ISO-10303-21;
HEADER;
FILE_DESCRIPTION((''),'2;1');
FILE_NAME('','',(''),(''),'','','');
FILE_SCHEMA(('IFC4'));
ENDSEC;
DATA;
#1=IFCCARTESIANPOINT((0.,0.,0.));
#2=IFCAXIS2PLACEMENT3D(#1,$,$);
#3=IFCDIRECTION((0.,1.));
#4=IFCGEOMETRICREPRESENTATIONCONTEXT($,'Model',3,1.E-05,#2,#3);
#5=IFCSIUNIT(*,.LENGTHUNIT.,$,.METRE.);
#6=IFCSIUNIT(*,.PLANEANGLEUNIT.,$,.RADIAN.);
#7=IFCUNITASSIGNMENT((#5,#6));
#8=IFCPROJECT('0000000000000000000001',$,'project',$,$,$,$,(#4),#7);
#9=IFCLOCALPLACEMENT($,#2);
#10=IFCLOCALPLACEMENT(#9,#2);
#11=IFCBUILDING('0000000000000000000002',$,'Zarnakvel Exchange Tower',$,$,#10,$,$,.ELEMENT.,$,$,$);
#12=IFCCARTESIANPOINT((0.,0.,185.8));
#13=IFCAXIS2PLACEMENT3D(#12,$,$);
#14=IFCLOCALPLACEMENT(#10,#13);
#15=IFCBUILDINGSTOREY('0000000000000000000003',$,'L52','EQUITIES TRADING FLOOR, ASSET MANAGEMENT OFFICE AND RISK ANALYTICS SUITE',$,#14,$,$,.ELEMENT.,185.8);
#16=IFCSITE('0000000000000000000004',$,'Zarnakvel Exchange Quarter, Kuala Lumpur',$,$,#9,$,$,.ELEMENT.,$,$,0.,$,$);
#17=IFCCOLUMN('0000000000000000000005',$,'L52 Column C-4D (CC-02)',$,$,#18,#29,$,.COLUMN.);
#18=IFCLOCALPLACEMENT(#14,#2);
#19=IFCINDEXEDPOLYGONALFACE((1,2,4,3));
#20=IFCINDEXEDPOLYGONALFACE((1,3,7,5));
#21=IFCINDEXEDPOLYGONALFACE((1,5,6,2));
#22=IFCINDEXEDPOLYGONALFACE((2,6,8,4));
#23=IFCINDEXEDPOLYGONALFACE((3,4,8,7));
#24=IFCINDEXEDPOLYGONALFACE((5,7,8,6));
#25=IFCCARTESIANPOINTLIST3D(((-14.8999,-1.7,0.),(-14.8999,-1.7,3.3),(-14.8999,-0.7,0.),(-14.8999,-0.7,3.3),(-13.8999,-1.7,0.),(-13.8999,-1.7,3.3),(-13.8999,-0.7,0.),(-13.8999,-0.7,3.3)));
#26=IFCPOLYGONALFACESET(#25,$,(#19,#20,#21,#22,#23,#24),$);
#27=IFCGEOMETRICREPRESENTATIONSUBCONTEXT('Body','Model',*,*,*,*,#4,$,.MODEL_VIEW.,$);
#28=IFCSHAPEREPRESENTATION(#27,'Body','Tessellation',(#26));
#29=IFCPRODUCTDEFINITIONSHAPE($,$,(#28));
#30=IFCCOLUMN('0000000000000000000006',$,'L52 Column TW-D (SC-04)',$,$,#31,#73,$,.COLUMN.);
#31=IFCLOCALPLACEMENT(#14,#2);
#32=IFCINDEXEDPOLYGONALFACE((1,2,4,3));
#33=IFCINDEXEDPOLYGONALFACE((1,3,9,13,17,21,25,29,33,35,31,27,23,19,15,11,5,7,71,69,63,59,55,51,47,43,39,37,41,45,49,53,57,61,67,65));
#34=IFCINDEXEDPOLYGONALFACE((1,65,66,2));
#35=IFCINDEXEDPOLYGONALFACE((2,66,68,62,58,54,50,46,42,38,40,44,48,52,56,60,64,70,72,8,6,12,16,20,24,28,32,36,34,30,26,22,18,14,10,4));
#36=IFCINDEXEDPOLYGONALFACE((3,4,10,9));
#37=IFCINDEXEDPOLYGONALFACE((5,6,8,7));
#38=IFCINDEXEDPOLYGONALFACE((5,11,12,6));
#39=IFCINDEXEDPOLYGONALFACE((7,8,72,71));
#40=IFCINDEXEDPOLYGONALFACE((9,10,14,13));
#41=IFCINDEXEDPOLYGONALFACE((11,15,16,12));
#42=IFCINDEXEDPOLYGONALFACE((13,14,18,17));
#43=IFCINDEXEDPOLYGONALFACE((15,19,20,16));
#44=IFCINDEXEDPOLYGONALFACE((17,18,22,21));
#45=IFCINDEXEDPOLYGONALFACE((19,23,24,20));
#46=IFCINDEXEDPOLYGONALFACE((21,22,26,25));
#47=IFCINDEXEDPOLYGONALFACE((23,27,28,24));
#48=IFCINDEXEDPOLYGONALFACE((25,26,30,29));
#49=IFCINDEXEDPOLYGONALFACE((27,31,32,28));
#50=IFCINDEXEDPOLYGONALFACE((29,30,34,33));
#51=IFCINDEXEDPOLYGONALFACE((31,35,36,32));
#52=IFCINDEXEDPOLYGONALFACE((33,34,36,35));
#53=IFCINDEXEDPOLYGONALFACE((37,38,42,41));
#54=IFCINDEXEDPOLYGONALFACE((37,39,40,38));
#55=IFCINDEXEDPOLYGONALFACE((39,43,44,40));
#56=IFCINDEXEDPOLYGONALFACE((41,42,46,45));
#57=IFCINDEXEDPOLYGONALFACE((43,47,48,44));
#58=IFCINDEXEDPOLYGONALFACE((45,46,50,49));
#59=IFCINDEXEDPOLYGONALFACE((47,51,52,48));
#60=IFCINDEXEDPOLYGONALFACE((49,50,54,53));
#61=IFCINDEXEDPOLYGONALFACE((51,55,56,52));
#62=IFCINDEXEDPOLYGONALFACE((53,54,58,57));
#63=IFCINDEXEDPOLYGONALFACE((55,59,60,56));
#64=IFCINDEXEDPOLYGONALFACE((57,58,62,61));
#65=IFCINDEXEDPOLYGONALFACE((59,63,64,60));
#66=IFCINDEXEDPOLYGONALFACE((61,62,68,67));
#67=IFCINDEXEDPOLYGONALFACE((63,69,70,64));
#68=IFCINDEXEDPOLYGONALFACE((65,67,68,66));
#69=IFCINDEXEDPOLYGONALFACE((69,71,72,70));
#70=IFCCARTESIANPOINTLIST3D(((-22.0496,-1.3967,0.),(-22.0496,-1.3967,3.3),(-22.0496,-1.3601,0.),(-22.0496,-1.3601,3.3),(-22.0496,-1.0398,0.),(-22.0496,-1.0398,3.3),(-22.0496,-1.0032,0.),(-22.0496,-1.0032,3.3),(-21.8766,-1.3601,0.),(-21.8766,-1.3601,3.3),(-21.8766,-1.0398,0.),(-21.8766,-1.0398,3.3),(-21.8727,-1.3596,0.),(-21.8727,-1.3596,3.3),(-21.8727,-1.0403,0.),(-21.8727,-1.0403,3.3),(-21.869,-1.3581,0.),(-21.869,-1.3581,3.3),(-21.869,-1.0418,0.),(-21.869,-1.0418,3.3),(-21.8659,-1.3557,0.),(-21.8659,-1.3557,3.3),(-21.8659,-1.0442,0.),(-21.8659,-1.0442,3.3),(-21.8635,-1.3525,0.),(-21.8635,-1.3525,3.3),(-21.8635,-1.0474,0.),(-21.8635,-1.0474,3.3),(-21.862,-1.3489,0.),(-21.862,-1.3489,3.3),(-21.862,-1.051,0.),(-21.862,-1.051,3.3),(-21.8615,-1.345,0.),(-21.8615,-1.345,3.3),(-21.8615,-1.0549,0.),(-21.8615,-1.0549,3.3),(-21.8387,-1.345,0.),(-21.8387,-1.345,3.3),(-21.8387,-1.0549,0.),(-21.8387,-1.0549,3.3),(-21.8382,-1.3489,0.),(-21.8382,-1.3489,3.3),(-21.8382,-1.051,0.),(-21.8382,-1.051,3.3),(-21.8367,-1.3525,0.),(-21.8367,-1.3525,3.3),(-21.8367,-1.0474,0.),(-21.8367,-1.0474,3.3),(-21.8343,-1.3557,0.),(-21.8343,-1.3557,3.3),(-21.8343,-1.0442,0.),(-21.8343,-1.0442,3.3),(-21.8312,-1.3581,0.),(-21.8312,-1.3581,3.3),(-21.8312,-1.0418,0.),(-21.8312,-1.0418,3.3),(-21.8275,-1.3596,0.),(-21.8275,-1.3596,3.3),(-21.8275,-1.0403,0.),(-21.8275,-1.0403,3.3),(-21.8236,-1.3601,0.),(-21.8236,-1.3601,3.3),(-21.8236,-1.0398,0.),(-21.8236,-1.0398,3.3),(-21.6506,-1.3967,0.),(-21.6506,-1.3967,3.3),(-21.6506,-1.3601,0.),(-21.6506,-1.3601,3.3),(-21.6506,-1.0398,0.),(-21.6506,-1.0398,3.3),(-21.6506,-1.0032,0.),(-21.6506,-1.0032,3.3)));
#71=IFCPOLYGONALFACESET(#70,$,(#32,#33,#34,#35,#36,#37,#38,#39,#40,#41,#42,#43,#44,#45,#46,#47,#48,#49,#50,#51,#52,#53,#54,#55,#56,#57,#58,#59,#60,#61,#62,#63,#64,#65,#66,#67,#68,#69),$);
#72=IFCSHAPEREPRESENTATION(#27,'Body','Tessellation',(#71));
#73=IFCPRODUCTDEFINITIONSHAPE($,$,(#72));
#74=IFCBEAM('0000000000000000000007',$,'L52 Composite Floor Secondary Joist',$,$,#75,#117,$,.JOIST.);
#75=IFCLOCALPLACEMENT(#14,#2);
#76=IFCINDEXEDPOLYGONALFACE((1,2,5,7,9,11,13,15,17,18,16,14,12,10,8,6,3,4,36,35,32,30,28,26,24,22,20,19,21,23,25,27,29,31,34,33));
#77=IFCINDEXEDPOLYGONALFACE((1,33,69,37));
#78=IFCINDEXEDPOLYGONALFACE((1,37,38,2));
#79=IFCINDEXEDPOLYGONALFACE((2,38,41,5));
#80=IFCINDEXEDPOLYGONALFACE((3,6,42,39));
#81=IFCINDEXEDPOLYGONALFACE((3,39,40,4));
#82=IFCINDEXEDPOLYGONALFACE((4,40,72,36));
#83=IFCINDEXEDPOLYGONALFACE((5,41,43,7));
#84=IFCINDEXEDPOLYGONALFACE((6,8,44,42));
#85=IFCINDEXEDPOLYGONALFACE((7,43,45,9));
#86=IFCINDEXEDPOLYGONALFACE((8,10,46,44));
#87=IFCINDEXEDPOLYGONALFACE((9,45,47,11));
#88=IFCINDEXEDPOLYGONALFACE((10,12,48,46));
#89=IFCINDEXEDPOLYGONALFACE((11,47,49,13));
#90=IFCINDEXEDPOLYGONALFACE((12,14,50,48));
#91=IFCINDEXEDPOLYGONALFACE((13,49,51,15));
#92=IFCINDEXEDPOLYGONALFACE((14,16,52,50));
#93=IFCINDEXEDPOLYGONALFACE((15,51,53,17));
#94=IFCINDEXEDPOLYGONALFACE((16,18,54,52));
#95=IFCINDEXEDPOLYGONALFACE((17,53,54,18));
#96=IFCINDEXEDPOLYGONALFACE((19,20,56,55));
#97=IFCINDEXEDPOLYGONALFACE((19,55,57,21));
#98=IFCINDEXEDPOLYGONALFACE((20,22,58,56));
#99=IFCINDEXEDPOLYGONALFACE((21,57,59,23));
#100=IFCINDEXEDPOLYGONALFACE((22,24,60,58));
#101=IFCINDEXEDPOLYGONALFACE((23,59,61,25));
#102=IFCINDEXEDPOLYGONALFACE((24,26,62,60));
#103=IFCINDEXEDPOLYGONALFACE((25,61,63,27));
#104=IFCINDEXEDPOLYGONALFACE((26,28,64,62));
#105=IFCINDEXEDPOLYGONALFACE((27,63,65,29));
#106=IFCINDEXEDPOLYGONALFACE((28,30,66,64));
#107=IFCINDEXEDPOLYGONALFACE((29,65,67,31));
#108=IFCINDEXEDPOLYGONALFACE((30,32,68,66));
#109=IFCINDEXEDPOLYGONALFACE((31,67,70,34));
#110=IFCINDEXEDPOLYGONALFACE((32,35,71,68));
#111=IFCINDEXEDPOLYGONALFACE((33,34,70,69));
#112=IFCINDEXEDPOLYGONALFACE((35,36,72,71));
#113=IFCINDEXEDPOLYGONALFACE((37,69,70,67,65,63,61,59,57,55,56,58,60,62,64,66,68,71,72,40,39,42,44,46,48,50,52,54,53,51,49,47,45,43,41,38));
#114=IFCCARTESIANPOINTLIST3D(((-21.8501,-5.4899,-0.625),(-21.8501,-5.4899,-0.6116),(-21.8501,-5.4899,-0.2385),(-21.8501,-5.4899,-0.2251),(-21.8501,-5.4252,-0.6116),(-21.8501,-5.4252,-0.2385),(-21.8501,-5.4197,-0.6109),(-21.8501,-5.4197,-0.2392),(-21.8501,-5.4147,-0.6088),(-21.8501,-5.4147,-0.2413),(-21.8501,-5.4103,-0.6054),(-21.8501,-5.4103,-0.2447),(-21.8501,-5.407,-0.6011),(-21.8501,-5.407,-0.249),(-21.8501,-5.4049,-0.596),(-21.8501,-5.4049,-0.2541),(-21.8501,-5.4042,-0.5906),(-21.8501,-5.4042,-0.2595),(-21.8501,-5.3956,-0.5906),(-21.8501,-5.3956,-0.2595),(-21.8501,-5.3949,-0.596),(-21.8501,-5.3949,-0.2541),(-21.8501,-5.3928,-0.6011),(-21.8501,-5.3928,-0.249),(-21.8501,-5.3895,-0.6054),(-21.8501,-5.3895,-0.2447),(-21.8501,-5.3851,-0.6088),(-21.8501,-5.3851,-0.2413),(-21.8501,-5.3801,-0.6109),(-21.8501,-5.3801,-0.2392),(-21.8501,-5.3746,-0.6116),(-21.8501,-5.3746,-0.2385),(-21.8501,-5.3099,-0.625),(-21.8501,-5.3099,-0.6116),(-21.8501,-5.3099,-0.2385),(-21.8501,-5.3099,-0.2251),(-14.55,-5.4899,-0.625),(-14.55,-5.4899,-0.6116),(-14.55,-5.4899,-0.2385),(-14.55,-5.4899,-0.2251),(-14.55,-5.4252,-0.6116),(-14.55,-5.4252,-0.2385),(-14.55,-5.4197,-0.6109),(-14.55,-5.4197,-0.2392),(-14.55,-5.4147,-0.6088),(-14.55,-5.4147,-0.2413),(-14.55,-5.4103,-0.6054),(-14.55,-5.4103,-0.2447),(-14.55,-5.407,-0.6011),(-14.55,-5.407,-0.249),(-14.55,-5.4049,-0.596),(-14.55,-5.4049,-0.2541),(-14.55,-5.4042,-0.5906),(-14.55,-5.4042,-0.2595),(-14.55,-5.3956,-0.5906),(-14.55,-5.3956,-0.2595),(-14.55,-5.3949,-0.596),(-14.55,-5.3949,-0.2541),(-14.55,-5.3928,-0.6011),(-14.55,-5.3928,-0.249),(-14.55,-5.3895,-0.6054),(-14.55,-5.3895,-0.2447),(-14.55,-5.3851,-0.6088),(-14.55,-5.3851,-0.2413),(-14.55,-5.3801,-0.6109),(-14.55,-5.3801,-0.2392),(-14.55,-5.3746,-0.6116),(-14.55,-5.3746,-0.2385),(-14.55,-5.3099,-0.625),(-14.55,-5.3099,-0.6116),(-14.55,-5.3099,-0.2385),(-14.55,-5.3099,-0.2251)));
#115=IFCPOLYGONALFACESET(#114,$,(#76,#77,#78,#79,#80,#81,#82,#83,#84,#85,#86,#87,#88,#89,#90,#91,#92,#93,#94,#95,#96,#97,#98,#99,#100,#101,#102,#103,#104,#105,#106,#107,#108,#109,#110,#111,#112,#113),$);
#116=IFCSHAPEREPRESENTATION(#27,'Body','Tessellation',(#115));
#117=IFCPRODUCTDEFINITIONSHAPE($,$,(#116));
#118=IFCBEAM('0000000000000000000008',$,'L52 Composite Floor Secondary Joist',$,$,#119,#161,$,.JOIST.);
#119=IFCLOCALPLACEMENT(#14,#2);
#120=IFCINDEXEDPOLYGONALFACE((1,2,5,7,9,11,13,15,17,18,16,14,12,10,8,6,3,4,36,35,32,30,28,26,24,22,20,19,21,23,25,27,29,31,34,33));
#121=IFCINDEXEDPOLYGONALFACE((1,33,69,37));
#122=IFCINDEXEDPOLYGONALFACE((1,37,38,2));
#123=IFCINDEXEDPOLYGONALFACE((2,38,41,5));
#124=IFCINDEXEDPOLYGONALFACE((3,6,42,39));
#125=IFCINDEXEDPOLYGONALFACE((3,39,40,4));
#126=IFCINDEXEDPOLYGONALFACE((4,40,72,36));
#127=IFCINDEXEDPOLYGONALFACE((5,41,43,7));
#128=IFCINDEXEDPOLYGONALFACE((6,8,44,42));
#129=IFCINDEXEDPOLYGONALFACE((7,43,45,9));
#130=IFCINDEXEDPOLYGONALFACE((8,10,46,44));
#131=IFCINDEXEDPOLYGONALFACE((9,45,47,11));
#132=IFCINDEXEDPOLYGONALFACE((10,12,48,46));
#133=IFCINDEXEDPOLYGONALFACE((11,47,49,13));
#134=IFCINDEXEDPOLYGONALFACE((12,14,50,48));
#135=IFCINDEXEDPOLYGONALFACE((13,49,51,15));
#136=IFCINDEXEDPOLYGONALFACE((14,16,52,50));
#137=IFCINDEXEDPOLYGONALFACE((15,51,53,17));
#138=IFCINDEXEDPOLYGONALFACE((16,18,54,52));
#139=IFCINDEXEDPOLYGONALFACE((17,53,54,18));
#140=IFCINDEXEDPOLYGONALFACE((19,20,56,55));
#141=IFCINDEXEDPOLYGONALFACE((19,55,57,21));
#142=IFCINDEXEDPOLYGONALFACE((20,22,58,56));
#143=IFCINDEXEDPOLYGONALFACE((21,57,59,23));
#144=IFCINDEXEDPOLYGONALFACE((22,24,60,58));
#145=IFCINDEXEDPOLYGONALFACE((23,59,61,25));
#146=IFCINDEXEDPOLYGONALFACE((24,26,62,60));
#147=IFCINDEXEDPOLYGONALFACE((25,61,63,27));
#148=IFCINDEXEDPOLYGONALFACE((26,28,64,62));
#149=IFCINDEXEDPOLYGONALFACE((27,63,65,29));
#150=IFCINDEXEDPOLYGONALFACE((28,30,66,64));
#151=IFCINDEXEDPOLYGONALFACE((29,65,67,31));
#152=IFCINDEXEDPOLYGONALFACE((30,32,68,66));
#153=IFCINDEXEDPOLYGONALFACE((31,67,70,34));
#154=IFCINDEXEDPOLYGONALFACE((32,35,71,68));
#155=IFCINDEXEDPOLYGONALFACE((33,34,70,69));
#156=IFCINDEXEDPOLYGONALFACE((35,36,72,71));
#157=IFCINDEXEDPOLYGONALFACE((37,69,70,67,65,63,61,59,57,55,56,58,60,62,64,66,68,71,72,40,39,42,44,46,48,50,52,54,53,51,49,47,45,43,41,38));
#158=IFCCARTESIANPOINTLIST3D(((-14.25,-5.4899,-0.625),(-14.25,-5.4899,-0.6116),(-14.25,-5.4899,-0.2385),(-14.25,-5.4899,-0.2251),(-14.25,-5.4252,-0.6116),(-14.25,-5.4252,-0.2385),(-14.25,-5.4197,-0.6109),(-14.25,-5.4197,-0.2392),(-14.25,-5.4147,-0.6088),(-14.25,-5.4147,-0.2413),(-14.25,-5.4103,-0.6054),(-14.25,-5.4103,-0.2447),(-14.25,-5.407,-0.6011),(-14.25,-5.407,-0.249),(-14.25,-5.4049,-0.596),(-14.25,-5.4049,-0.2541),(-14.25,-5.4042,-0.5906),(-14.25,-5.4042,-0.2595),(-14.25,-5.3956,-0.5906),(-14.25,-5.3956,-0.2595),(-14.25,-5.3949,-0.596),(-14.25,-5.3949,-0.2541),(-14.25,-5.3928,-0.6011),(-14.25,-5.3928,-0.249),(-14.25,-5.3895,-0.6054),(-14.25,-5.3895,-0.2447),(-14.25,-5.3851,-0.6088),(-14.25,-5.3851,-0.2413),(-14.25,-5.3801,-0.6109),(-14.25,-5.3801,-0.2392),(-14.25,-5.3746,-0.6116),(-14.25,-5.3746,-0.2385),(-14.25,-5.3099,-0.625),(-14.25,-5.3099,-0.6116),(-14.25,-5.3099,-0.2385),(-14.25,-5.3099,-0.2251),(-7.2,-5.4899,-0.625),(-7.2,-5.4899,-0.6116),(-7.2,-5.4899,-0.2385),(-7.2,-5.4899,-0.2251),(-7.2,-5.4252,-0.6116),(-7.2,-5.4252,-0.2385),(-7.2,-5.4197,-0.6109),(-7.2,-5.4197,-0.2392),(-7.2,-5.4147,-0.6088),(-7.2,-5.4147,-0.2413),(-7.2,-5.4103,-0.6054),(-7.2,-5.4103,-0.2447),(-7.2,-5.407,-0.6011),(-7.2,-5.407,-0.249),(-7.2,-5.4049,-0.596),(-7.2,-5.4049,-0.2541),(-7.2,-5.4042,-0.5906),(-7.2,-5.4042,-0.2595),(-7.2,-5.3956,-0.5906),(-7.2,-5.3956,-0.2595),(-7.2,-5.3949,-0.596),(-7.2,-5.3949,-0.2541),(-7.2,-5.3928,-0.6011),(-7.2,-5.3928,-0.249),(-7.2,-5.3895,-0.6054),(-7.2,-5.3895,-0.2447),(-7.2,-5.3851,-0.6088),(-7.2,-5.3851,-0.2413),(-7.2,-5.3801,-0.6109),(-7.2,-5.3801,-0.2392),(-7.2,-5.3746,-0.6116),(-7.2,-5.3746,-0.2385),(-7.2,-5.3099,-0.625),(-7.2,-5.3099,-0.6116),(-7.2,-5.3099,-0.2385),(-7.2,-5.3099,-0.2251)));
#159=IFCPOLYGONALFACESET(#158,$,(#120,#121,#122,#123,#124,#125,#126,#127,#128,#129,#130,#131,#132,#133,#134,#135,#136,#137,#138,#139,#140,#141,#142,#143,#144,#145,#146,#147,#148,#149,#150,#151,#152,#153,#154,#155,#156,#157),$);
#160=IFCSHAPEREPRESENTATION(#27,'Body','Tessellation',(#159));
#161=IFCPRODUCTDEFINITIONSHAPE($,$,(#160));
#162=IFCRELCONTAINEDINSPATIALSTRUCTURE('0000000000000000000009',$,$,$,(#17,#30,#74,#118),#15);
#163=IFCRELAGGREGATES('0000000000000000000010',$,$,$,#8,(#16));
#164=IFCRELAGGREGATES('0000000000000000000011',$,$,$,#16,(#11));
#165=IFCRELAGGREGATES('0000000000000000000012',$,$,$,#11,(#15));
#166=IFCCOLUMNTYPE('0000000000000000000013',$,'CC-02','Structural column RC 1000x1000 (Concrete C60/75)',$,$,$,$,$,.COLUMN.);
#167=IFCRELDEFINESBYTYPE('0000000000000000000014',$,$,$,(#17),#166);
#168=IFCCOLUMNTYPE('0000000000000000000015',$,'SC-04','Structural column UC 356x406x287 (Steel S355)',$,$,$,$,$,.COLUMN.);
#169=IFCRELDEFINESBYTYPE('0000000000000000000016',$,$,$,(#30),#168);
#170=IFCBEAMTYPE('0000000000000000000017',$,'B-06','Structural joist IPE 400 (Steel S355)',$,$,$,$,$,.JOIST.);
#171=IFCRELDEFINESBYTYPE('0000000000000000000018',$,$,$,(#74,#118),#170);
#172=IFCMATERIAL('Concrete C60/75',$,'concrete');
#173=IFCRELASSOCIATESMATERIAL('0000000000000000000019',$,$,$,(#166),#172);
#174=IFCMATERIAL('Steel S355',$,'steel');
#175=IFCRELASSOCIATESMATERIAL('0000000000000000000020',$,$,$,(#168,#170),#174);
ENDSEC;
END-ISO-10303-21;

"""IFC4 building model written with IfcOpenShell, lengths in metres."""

from ifc_helpers import new_model, si_unit, direction, frame, origin, origin_2d, place, context, subcontext, project, spatial, rectangle, i_section, extrude, material, material_profile, profile_set, type_object, element, save


model = new_model("IFC4")

# Units and contexts
model_context = context("Model", 3, precision=1e-05, world=origin(), true_north=direction((0.0, 1.0)))
body_context = subcontext(model_context, "Body", "Model", "MODEL_VIEW")
ifc_project = project(units=[si_unit("LENGTHUNIT", "METRE"), si_unit("PLANEANGLEUNIT", "RADIAN")], contexts=[model_context])

# Site, building, storey
site_placement = place(None, origin())
site = spatial("IfcSite", under=ifc_project, at=site_placement, Name="Zarnakvel Exchange Quarter, Kuala Lumpur", CompositionType="ELEMENT", RefElevation=0.0)
building_placement = place(site_placement, origin())
building = spatial("IfcBuilding", under=site, at=building_placement, Name="Zarnakvel Exchange Tower", CompositionType="ELEMENT")
storey_placement = place(building_placement, frame((0.0, 0.0, 185.8)))
storey = spatial("IfcBuildingStorey", under=building, at=storey_placement, Name="L52", Description="EQUITIES TRADING FLOOR, ASSET MANAGEMENT OFFICE AND RISK ANALYTICS SUITE", CompositionType="ELEMENT", Elevation=185.8)

# Columns
ifc_material_1 = material(Name="Concrete C60/75", Category="concrete")
ifc_material_profile_1 = material_profile(ifc_material_1, rectangle(XDim=1.0, YDim=1.0, at=origin_2d()))
ifc_profile_set_1 = profile_set([ifc_material_profile_1], Name="Concrete C60/75")
column_type_1 = type_object("IfcColumnType", Name="CC-02", Description="Structural column RC 1000x1000 (Concrete C60/75)", PredefinedType="COLUMN", material=ifc_profile_set_1)
column_1_placement = place(storey_placement, frame((-14.3999, -1.2, 0.0), z_axis=(0.0, 0.0, 1.0), x_axis=(1.0, 0.0, 0.0)))
element("IfcColumn", 1, at=column_1_placement, inside=storey, type_object=column_type_1, Name="L52 Column C-4D (CC-02)", PredefinedType="COLUMN", context=body_context, shape_type="SweptSolid", body=[
    extrude(rectangle(XDim=1.0, YDim=1.0, at=origin_2d()), origin(), (0.0, 0.0, 1.0), 3.3),
])
ifc_material_2 = material(Name="Steel S355", Category="steel")
ifc_material_profile_2 = material_profile(ifc_material_2, i_section(OverallWidth=0.3989, OverallDepth=0.3936, WebThickness=0.0227, FlangeThickness=0.0366, FilletRadius=0.0151, at=origin_2d()))
ifc_profile_set_2 = profile_set([ifc_material_profile_2], Name="Steel S355")
column_type_2 = type_object("IfcColumnType", Name="SC-04", Description="Structural column UC 356x406x287 (Steel S355)", PredefinedType="COLUMN", material=ifc_profile_set_2)
column_2_placement = place(storey_placement, frame((-21.8501, -1.2, 0.0), z_axis=(0.0, 0.0, 1.0), x_axis=(1.0, 0.0, 0.0)))
element("IfcColumn", 2, at=column_2_placement, inside=storey, type_object=column_type_2, Name="L52 Column TW-D (SC-04)", PredefinedType="COLUMN", context=body_context, shape_type="SweptSolid", body=[
    extrude(i_section(OverallWidth=0.3989, OverallDepth=0.3936, WebThickness=0.0227, FlangeThickness=0.0366, FilletRadius=0.0151, at=origin_2d()), origin(), (0.0, 0.0, 1.0), 3.3),
])

# Beams
ifc_material_profile_3 = material_profile(ifc_material_2, i_section(OverallWidth=0.1799, OverallDepth=0.3999, WebThickness=0.0085, FlangeThickness=0.0134, FilletRadius=0.021, at=origin_2d()))
ifc_profile_set_3 = profile_set([ifc_material_profile_3], Name="Steel S355")
beam_type_1 = type_object("IfcBeamType", Name="B-06", Description="Structural joist IPE 400 (Steel S355)", PredefinedType="JOIST", material=ifc_profile_set_3)
beam_1_placement = place(storey_placement, frame((-21.8501, -5.3999, -0.425), z_axis=(1.0, 0.0, 0.0), x_axis=(0.0, 1.0, 0.0)))
element("IfcBeam", 3, at=beam_1_placement, inside=storey, type_object=beam_type_1, Name="L52 Composite Floor Secondary Joist", PredefinedType="JOIST", context=body_context, shape_type="SweptSolid", body=[
    extrude(i_section(OverallWidth=0.1799, OverallDepth=0.3999, WebThickness=0.0085, FlangeThickness=0.0134, FilletRadius=0.021, at=origin_2d()), origin(), (0.0, 0.0, 1.0), 7.3),
])
beam_2_placement = place(storey_placement, frame((-14.25, -5.3999, -0.425), z_axis=(1.0, 0.0, 0.0), x_axis=(0.0, 1.0, 0.0)))
element("IfcBeam", 4, at=beam_2_placement, inside=storey, type_object=beam_type_1, Name="L52 Composite Floor Secondary Joist", PredefinedType="JOIST", context=body_context, shape_type="SweptSolid", body=[
    extrude(i_section(OverallWidth=0.1799, OverallDepth=0.3999, WebThickness=0.0085, FlangeThickness=0.0134, FilletRadius=0.021, at=origin_2d()), origin(), (0.0, 0.0, 1.0), 7.05),
])

save(model, "model.ifc")
